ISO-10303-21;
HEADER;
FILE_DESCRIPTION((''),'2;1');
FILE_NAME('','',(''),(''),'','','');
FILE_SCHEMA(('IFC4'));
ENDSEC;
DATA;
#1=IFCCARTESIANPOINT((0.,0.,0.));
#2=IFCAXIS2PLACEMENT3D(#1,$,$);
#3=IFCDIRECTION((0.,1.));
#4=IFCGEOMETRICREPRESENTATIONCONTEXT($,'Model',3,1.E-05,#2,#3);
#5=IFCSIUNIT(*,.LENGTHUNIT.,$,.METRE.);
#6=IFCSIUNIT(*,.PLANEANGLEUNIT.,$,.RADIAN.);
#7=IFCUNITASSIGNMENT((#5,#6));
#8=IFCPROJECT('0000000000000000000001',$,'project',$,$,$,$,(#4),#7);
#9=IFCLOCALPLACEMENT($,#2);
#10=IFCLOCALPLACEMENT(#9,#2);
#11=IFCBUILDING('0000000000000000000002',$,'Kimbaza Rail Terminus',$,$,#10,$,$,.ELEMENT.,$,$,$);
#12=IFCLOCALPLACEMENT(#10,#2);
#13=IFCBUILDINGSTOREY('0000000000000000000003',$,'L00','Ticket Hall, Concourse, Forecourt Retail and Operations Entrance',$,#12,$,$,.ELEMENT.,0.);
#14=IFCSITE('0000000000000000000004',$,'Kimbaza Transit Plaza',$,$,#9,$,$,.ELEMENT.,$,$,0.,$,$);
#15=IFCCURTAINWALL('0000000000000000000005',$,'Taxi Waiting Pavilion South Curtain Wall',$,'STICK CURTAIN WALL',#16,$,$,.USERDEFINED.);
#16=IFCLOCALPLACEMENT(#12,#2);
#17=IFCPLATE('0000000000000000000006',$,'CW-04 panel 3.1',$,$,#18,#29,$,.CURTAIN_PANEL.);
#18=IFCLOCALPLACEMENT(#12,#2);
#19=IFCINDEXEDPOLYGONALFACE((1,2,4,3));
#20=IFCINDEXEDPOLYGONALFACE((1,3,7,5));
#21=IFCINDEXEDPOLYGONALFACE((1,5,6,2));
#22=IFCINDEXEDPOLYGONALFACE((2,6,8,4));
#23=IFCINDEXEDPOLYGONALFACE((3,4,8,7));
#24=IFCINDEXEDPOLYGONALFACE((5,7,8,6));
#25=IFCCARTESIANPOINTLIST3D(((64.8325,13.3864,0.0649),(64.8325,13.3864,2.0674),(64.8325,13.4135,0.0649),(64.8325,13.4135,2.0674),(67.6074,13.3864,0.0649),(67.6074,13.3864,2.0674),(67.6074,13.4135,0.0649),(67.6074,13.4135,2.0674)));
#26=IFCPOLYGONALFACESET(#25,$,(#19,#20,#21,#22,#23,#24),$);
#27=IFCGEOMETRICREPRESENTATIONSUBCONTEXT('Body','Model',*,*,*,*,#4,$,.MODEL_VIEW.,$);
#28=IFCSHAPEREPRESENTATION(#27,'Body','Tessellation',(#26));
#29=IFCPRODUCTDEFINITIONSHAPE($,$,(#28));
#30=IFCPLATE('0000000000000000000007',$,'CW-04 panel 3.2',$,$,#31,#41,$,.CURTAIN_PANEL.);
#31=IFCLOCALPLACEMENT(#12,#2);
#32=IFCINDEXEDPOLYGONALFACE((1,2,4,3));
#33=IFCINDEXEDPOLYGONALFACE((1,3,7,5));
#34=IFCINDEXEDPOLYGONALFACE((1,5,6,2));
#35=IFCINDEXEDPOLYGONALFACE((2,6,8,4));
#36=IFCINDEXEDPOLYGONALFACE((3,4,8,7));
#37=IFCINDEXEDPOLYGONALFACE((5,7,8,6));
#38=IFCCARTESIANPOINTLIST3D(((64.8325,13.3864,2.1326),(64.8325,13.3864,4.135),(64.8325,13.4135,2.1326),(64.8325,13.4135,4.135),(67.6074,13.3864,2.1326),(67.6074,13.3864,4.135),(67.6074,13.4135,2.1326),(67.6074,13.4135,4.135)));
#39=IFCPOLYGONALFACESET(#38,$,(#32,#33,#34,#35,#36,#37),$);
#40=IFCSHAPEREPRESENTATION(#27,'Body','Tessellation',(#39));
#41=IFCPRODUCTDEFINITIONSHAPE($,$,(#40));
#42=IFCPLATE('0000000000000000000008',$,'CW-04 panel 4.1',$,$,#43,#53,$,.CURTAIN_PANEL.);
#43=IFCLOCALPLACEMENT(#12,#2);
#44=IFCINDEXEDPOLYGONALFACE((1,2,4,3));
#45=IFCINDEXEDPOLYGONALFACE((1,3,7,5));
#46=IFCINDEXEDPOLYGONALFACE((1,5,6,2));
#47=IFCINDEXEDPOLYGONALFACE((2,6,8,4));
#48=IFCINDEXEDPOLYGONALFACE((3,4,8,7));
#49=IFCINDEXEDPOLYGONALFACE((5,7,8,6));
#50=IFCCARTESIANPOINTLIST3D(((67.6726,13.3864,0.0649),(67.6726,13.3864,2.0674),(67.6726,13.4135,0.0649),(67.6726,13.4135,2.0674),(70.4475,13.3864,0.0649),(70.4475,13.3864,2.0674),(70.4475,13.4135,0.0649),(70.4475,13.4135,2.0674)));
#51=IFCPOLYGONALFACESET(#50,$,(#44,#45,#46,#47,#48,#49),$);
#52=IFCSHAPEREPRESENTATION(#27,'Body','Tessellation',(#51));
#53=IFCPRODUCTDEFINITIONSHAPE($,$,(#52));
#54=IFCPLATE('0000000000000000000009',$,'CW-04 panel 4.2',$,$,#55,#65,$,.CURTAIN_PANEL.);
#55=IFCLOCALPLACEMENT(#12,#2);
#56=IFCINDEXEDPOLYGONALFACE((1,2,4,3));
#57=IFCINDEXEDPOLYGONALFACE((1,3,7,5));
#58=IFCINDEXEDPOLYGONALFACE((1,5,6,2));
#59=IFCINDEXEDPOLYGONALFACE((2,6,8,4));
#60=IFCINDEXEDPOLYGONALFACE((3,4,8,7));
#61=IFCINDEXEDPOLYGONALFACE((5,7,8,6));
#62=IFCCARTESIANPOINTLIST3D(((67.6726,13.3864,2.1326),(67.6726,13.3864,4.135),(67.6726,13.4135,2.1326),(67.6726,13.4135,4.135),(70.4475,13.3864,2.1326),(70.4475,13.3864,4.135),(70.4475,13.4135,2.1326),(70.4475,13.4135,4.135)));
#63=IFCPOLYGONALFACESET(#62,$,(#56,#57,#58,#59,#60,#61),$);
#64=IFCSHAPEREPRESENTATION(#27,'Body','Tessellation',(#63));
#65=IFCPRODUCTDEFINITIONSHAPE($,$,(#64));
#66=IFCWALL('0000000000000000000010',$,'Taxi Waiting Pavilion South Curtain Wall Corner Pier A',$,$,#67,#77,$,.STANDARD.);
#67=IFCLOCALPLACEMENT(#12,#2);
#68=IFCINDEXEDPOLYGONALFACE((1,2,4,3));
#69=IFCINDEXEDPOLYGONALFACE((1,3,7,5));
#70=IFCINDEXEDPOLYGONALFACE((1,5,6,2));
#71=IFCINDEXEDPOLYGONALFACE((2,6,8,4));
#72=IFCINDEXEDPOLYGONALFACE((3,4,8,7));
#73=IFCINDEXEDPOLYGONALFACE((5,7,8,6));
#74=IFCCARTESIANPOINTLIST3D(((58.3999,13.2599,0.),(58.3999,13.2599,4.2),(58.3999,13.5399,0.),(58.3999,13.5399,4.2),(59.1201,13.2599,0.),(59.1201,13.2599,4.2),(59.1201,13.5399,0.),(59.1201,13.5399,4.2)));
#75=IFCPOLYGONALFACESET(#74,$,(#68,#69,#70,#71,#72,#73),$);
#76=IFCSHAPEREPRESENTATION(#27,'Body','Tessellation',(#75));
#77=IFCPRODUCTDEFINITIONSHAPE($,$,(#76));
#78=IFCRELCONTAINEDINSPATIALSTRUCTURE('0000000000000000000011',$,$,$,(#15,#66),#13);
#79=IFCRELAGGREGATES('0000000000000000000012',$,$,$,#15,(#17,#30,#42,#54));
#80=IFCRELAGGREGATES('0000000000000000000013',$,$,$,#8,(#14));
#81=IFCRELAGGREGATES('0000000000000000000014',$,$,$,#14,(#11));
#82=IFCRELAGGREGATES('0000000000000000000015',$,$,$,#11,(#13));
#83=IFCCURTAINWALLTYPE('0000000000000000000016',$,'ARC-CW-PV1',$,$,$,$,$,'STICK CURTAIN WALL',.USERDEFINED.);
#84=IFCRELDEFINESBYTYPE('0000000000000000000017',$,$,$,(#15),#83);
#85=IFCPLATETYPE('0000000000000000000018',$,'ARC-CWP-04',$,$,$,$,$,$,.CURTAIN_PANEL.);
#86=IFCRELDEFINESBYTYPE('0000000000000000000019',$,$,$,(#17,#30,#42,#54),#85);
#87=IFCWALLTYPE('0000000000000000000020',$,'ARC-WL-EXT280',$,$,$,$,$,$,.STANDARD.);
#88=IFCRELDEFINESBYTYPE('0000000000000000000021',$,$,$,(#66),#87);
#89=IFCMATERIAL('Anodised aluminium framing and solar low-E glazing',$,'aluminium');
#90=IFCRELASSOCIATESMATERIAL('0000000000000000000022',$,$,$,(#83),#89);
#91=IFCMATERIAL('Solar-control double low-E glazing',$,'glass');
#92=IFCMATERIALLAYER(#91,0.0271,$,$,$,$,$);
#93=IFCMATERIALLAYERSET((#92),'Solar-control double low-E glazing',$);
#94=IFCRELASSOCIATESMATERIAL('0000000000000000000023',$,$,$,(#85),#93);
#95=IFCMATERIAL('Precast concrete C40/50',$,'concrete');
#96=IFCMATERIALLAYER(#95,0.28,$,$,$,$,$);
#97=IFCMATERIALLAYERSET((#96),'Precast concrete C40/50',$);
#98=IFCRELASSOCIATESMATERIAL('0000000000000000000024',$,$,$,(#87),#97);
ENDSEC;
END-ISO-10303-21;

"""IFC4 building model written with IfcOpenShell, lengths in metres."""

from ifc_helpers import new_model, si_unit, direction, frame, frame_2d, origin, origin_2d, place, context, subcontext, project, spatial, rectangle, extrude, material, layer, layer_set, type_object, element, aggregate, save


model = new_model("IFC4")

# Units and contexts
model_context = context("Model", 3, precision=1e-05, world=origin(), true_north=direction((0.0, 1.0)))
body_context = subcontext(model_context, "Body", "Model", "MODEL_VIEW")
ifc_project = project(units=[si_unit("LENGTHUNIT", "METRE"), si_unit("PLANEANGLEUNIT", "RADIAN")], contexts=[model_context])

# Site, building, storey
site_placement = place(None, origin())
site = spatial("IfcSite", under=ifc_project, at=site_placement, Name="Kimbaza Transit Plaza", CompositionType="ELEMENT", RefElevation=0.0)
building_placement = place(site_placement, origin())
building = spatial("IfcBuilding", under=site, at=building_placement, Name="Kimbaza Rail Terminus", CompositionType="ELEMENT")
storey_placement = place(building_placement, origin())
storey = spatial("IfcBuildingStorey", under=building, at=storey_placement, Name="L00", Description="Ticket Hall, Concourse, Forecourt Retail and Operations Entrance", CompositionType="ELEMENT", Elevation=0.0)

# Curtain wall, plates
ifc_material_1 = material(Name="Anodised aluminium framing and solar low-E glazing", Category="aluminium")
curtain_wall_type = type_object("IfcCurtainWallType", Name="ARC-CW-PV1", ElementType="STICK CURTAIN WALL", PredefinedType="USERDEFINED", material=ifc_material_1)
curtain_wall_placement = place(storey_placement, origin())
curtain_wall = element("IfcCurtainWall", 1, at=curtain_wall_placement, inside=storey, type_object=curtain_wall_type, Name="Taxi Waiting Pavilion South Curtain Wall", ObjectType="STICK CURTAIN WALL", PredefinedType="USERDEFINED")
ifc_material_2 = material(Name="Solar-control double low-E glazing", Category="glass")
ifc_layer_1 = layer(ifc_material_2, 0.0271)
ifc_layer_set_1 = layer_set([ifc_layer_1], Name="Solar-control double low-E glazing")
plate_type = type_object("IfcPlateType", Name="ARC-CWP-04", PredefinedType="CURTAIN_PANEL", material=ifc_layer_set_1)
plate_1_placement = place(storey_placement, frame((66.22, 13.3999, 0.0649), z_axis=(0.0, 0.0, 1.0), x_axis=(1.0, 0.0, 0.0)))
plate_1 = element("IfcPlate", 2, at=plate_1_placement, type_object=plate_type, Name="CW-04 panel 3.1", PredefinedType="CURTAIN_PANEL", context=body_context, shape_type="SweptSolid", body=[
    extrude(rectangle(XDim=2.7749, YDim=0.0271, at=origin_2d()), origin(), (0.0, 0.0, 1.0), 2.0024),
])
plate_2_placement = place(storey_placement, frame((66.22, 13.3999, 2.1326), z_axis=(0.0, 0.0, 1.0), x_axis=(1.0, 0.0, 0.0)))
plate_2 = element("IfcPlate", 3, at=plate_2_placement, type_object=plate_type, Name="CW-04 panel 3.2", PredefinedType="CURTAIN_PANEL", context=body_context, shape_type="SweptSolid", body=[
    extrude(rectangle(XDim=2.7749, YDim=0.0271, at=origin_2d()), origin(), (0.0, 0.0, 1.0), 2.0024),
])
plate_3_placement = place(storey_placement, frame((69.0601, 13.3999, 0.0649), z_axis=(0.0, 0.0, 1.0), x_axis=(1.0, 0.0, 0.0)))
plate_3 = element("IfcPlate", 4, at=plate_3_placement, type_object=plate_type, Name="CW-04 panel 4.1", PredefinedType="CURTAIN_PANEL", context=body_context, shape_type="SweptSolid", body=[
    extrude(rectangle(XDim=2.7749, YDim=0.0271, at=origin_2d()), origin(), (0.0, 0.0, 1.0), 2.0024),
])
plate_4_placement = place(storey_placement, frame((69.0601, 13.3999, 2.1326), z_axis=(0.0, 0.0, 1.0), x_axis=(1.0, 0.0, 0.0)))
plate_4 = element("IfcPlate", 5, at=plate_4_placement, type_object=plate_type, Name="CW-04 panel 4.2", PredefinedType="CURTAIN_PANEL", context=body_context, shape_type="SweptSolid", body=[
    extrude(rectangle(XDim=2.7749, YDim=0.0271, at=origin_2d()), origin(), (0.0, 0.0, 1.0), 2.0024),
])
aggregate(curtain_wall, [plate_1, plate_2, plate_3, plate_4])

# Wall
ifc_material_3 = material(Name="Precast concrete C40/50", Category="concrete")
ifc_layer_2 = layer(ifc_material_3, 0.28)
ifc_layer_set_2 = layer_set([ifc_layer_2], Name="Precast concrete C40/50")
wall_type = type_object("IfcWallType", Name="ARC-WL-EXT280", PredefinedType="STANDARD", material=ifc_layer_set_2)
wall_placement = place(storey_placement, frame((58.3999, 13.3999, 0.0), z_axis=(0.0, 0.0, 1.0), x_axis=(1.0, 0.0, 0.0)))
element("IfcWall", 6, at=wall_placement, inside=storey, type_object=wall_type, Name="Taxi Waiting Pavilion South Curtain Wall Corner Pier A", PredefinedType="STANDARD", context=body_context, shape_type="SweptSolid", body=[
    extrude(rectangle(XDim=0.7202, YDim=0.28, at=frame_2d((0.3601, 0.0))), origin(), (0.0, 0.0, 1.0), 4.2),
])

save(model, "model.ifc")
